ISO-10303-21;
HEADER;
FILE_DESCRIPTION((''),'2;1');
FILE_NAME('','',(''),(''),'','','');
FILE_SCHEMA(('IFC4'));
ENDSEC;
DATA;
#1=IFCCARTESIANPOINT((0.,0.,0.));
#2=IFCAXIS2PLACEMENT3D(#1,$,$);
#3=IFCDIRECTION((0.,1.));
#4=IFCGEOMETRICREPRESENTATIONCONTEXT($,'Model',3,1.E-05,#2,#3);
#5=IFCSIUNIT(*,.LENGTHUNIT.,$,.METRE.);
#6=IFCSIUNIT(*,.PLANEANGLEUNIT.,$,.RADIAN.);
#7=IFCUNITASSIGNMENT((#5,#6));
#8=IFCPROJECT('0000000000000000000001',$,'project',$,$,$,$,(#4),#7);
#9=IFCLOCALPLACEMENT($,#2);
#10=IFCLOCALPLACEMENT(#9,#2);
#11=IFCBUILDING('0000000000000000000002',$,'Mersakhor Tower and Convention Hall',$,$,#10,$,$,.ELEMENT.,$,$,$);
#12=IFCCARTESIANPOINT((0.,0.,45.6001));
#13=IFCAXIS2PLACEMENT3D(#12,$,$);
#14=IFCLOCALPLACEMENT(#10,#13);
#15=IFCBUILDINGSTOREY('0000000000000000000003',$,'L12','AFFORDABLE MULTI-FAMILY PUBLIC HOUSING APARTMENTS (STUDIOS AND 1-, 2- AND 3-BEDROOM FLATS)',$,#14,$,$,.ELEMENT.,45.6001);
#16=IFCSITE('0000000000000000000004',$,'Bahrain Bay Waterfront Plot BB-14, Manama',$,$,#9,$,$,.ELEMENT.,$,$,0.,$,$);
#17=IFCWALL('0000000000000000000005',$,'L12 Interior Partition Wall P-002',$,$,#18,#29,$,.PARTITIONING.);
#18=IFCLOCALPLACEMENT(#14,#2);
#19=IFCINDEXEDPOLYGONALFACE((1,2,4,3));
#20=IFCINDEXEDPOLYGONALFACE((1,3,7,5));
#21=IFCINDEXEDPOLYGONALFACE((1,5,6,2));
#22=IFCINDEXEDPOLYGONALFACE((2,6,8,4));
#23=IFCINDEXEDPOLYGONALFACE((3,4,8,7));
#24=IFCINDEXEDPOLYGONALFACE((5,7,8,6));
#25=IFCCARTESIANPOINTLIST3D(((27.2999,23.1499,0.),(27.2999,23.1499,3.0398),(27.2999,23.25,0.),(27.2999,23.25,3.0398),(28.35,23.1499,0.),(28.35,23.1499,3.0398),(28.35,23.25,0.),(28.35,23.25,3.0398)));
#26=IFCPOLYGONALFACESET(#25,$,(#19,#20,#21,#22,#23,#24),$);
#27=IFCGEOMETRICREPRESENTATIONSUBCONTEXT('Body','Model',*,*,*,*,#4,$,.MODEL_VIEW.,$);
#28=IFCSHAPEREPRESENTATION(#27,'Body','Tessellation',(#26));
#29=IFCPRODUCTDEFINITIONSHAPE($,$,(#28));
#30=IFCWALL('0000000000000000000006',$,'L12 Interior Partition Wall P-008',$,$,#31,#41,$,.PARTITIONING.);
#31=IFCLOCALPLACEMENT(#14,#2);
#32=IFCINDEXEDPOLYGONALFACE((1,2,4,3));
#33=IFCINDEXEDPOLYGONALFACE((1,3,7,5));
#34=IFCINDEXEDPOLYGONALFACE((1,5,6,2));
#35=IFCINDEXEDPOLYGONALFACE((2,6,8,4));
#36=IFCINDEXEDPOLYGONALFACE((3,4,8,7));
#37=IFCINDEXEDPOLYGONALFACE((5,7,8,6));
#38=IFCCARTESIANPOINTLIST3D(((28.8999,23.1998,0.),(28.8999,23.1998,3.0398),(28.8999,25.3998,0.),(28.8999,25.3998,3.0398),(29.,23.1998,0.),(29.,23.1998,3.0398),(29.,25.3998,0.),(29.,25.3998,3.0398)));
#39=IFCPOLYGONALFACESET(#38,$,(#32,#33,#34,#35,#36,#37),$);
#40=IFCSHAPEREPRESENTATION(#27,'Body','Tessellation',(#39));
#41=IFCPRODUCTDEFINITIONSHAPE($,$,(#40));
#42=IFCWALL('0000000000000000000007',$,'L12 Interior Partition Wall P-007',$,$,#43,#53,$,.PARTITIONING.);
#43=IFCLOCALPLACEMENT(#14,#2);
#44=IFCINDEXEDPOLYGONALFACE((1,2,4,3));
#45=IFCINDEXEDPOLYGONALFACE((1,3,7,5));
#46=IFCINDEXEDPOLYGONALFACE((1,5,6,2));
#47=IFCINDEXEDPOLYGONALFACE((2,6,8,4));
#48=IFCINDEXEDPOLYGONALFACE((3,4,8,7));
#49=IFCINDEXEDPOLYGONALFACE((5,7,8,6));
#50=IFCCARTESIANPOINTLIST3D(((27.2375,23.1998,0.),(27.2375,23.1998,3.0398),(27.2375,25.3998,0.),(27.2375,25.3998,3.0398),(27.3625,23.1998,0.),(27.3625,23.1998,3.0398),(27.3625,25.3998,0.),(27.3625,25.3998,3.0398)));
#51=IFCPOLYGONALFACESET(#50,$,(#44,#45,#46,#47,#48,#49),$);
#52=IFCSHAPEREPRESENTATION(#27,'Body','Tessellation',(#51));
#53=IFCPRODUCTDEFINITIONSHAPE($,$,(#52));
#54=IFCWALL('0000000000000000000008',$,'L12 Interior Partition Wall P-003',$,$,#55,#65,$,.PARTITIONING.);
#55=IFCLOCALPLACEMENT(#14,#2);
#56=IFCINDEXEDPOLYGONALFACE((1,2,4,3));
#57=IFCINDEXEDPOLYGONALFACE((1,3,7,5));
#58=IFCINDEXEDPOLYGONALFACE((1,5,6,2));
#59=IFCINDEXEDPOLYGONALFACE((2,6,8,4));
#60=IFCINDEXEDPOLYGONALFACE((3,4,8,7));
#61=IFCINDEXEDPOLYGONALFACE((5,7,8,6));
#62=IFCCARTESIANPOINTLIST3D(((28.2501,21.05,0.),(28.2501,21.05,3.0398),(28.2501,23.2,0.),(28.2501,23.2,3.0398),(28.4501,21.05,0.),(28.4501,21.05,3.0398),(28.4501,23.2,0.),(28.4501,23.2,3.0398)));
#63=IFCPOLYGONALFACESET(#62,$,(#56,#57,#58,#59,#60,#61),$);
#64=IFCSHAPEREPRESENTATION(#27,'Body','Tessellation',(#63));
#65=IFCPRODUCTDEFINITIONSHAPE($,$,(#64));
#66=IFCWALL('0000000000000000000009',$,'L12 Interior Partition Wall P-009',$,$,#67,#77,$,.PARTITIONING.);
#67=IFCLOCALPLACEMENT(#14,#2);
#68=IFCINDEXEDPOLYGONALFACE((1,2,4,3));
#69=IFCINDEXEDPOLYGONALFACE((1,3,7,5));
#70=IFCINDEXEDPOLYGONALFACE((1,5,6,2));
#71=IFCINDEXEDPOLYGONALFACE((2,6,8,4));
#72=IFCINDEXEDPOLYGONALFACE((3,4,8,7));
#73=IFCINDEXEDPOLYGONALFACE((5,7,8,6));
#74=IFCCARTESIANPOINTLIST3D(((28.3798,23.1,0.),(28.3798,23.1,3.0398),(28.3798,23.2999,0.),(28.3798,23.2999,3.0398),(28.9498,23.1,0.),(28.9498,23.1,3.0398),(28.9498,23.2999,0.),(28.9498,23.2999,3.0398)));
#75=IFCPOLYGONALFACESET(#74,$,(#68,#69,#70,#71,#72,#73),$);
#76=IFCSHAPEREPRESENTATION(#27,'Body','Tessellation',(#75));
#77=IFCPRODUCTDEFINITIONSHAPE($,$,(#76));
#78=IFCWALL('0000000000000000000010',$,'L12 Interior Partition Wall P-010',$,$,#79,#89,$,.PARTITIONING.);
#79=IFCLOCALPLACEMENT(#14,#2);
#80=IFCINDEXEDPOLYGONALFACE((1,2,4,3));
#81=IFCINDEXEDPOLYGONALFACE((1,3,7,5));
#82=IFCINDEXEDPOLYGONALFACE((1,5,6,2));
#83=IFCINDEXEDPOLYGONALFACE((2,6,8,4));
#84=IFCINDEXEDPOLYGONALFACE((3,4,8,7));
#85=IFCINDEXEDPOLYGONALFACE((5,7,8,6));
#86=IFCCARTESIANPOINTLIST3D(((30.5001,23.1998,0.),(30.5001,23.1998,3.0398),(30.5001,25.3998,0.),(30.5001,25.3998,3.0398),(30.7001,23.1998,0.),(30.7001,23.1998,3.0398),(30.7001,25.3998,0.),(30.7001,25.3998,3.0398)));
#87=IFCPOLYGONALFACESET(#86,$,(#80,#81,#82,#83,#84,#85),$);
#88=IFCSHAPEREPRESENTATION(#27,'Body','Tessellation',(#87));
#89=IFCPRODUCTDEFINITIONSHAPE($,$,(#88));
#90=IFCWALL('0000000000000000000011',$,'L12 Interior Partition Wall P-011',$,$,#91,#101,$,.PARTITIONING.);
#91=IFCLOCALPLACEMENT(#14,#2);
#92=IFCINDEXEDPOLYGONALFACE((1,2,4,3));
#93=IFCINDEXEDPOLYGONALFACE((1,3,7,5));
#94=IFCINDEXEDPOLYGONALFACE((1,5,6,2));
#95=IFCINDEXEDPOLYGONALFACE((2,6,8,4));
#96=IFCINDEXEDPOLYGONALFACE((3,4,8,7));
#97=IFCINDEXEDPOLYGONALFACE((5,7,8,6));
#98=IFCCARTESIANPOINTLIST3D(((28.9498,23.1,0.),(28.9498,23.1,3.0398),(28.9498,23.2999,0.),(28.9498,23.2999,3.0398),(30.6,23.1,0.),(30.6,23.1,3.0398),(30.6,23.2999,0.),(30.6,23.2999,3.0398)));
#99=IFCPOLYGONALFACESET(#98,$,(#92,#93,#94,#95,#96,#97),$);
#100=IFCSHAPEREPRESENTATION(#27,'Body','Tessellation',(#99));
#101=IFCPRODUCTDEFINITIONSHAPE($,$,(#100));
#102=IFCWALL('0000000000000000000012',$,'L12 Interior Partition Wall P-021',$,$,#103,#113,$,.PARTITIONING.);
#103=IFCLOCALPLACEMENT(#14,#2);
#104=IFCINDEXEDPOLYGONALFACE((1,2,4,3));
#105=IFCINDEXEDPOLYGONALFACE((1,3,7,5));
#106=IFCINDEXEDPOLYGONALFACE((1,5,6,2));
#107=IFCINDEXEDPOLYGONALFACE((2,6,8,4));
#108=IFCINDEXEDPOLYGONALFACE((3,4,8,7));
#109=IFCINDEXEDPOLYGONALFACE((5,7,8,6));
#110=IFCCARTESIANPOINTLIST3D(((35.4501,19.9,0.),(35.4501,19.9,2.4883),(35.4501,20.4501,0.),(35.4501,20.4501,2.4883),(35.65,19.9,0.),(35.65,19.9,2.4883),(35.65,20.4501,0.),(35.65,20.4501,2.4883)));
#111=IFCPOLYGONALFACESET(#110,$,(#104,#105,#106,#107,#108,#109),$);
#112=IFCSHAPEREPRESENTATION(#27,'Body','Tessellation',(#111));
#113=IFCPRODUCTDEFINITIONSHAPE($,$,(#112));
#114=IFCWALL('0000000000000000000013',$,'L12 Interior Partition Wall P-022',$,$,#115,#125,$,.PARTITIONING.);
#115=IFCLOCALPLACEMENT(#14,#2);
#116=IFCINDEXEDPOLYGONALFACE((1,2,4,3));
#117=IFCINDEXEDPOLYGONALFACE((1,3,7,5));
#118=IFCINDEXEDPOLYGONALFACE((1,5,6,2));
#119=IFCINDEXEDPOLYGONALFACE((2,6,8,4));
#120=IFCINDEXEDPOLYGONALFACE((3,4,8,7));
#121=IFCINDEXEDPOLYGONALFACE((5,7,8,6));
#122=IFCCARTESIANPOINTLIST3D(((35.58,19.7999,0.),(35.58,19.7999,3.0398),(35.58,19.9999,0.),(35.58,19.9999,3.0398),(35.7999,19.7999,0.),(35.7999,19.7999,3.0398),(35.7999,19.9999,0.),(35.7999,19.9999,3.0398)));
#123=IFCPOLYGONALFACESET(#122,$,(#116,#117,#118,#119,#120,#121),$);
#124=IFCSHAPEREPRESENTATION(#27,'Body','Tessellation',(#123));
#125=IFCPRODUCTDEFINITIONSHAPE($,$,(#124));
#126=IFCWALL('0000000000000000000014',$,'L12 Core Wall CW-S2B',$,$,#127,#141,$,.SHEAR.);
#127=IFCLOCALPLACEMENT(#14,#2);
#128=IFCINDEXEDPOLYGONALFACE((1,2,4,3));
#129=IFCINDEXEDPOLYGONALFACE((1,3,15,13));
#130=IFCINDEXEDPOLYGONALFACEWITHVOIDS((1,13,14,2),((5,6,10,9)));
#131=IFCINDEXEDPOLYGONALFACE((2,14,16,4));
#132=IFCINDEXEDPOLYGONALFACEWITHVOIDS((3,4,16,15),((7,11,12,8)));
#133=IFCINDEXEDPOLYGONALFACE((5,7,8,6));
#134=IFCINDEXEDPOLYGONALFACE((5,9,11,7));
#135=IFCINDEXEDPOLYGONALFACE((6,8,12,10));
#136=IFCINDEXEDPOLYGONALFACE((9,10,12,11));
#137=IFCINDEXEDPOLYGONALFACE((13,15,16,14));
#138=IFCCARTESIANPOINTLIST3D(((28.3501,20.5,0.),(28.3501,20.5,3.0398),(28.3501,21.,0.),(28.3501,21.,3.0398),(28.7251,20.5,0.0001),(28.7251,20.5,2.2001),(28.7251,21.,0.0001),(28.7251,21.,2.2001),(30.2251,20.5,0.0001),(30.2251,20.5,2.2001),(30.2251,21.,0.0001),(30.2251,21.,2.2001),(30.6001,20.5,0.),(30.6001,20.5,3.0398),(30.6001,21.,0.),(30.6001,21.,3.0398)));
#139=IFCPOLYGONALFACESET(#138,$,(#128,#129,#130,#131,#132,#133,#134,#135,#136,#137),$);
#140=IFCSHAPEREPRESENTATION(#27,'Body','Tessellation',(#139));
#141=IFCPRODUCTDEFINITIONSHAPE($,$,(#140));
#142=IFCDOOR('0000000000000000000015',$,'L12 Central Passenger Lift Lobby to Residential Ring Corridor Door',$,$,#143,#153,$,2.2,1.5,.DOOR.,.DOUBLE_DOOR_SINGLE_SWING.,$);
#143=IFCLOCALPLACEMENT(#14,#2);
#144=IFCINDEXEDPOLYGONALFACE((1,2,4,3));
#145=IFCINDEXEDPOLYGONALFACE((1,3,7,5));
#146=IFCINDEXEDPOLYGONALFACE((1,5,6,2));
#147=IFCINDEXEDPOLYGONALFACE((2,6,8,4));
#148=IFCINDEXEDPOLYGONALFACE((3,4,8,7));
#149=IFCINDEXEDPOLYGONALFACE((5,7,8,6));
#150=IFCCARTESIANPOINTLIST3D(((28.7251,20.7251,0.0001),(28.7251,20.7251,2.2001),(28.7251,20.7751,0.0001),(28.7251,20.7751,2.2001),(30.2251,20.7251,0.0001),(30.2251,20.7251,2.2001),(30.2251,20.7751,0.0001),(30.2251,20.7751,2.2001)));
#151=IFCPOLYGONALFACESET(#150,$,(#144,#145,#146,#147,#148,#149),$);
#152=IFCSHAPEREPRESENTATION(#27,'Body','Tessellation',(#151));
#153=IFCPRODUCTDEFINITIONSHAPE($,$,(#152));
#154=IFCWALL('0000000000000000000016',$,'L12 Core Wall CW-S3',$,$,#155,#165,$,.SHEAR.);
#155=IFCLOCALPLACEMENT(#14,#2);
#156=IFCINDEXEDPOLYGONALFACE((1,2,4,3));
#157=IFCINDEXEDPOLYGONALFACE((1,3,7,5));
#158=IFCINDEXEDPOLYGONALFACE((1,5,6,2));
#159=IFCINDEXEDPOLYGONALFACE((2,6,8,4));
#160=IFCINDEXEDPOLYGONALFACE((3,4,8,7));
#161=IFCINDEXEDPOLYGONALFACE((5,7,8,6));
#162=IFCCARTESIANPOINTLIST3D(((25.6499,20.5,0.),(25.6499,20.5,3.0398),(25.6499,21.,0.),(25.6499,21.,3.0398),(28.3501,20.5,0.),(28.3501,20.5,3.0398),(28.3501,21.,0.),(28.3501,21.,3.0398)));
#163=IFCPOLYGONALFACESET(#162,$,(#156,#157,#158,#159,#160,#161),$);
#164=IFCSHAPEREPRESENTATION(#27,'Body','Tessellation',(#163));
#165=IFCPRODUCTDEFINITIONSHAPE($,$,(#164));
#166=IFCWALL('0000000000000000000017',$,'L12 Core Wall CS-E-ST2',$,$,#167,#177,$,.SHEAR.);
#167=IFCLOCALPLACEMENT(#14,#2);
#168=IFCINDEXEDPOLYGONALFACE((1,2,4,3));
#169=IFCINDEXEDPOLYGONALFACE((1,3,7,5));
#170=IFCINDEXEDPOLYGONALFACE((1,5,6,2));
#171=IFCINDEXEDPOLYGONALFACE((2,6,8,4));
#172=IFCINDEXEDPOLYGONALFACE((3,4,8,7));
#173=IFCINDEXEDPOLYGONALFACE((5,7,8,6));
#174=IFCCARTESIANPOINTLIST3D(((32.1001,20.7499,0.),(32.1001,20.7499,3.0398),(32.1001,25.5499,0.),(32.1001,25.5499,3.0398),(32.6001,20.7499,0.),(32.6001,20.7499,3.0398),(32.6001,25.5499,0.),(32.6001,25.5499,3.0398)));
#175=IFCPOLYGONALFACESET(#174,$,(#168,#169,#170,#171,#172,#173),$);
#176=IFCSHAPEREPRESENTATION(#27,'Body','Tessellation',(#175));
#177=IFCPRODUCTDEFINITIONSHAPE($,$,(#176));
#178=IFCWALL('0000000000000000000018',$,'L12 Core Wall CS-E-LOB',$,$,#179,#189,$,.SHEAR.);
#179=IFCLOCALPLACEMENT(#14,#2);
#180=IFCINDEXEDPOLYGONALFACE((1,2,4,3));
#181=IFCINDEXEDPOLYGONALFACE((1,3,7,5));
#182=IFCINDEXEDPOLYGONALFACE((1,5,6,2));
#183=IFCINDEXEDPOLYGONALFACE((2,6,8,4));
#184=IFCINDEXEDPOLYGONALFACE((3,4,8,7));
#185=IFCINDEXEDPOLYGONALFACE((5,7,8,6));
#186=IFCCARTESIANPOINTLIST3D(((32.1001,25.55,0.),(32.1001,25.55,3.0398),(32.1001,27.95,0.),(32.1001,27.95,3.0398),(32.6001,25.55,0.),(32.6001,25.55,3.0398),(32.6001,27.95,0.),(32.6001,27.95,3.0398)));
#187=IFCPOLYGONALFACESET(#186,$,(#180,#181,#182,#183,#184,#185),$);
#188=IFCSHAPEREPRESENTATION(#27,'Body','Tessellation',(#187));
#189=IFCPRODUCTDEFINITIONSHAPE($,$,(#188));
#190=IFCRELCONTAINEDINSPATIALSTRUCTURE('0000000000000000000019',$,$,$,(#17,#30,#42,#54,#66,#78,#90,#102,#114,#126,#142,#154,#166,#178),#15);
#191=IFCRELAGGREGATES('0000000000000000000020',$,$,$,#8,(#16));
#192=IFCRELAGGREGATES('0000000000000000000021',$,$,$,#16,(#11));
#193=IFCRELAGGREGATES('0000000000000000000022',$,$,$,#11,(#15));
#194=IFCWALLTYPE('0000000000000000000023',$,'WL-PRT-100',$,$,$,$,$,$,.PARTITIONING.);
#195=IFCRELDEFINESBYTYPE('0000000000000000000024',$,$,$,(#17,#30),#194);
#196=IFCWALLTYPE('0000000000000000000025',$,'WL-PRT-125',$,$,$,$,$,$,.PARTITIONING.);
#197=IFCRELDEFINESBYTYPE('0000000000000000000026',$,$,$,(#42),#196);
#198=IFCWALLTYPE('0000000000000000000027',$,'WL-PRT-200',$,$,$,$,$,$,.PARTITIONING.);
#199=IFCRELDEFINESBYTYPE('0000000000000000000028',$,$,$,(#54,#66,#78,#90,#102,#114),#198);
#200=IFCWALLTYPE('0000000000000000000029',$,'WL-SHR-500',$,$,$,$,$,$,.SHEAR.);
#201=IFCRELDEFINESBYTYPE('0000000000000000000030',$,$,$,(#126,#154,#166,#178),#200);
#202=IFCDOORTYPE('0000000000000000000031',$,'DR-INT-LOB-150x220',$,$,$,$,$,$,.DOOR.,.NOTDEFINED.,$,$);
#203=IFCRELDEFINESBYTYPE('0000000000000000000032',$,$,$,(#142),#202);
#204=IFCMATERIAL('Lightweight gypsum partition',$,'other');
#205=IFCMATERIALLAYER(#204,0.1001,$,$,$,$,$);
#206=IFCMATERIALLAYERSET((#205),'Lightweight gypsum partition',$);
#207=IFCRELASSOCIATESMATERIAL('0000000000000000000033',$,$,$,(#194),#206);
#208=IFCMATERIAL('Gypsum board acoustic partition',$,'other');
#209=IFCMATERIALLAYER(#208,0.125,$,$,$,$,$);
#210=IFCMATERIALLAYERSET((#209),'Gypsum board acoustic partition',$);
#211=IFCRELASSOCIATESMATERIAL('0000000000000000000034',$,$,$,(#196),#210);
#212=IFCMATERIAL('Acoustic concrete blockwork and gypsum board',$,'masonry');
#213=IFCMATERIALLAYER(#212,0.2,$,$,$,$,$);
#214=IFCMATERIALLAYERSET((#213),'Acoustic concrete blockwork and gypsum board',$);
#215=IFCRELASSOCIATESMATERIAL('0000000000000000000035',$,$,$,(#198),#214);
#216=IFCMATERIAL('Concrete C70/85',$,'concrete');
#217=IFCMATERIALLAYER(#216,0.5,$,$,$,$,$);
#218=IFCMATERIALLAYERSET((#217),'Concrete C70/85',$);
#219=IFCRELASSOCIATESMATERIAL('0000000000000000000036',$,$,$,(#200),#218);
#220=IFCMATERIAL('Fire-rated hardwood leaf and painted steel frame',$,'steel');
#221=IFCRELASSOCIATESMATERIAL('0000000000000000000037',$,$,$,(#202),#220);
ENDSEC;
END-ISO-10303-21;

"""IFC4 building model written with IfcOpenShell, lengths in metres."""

from ifc_helpers import new_model, si_unit, direction, frame, frame_2d, origin, place, context, subcontext, project, spatial, rectangle, extrude, material, layer, layer_set, type_object, element, fill, save


model = new_model("IFC4")

# Units and contexts
model_context = context("Model", 3, precision=1e-05, world=origin(), true_north=direction((0.0, 1.0)))
body_context = subcontext(model_context, "Body", "Model", "MODEL_VIEW")
ifc_project = project(units=[si_unit("LENGTHUNIT", "METRE"), si_unit("PLANEANGLEUNIT", "RADIAN")], contexts=[model_context])

# Site, building, storey
site_placement = place(None, origin())
site = spatial("IfcSite", under=ifc_project, at=site_placement, Name="Bahrain Bay Waterfront Plot BB-14, Manama", CompositionType="ELEMENT", RefElevation=0.0)
building_placement = place(site_placement, origin())
building = spatial("IfcBuilding", under=site, at=building_placement, Name="Mersakhor Tower and Convention Hall", CompositionType="ELEMENT")
storey_placement = place(building_placement, frame((0.0, 0.0, 45.6001)))
storey = spatial("IfcBuildingStorey", under=building, at=storey_placement, Name="L12", Description="AFFORDABLE MULTI-FAMILY PUBLIC HOUSING APARTMENTS (STUDIOS AND 1-, 2- AND 3-BEDROOM FLATS)", CompositionType="ELEMENT", Elevation=45.6001)

# Walls
ifc_material_1 = material(Name="Lightweight gypsum partition", Category="other")
ifc_layer_1 = layer(ifc_material_1, 0.1001)
ifc_layer_set_1 = layer_set([ifc_layer_1], Name="Lightweight gypsum partition")
wall_type_1 = type_object("IfcWallType", Name="WL-PRT-100", PredefinedType="PARTITIONING", material=ifc_layer_set_1)
wall_1_placement = place(storey_placement, frame((27.3, 23.2, 0.0), z_axis=(0.0, 0.0, 1.0), x_axis=(1.0, 0.0, 0.0)))
element("IfcWall", 1, at=wall_1_placement, inside=storey, type_object=wall_type_1, Name="L12 Interior Partition Wall P-002", PredefinedType="PARTITIONING", context=body_context, shape_type="SweptSolid", body=[
    extrude(rectangle(XDim=1.05, YDim=0.1001, at=frame_2d((0.5249, 0.0))), origin(), (0.0, 0.0, 1.0), 3.0398),
])
wall_2_placement = place(storey_placement, frame((28.95, 25.3999, 0.0), z_axis=(0.0, 0.0, 1.0), x_axis=(0.0, -1.0, 0.0)))
element("IfcWall", 2, at=wall_2_placement, inside=storey, type_object=wall_type_1, Name="L12 Interior Partition Wall P-008", PredefinedType="PARTITIONING", context=body_context, shape_type="SweptSolid", body=[
    extrude(rectangle(XDim=2.2, YDim=0.1001, at=frame_2d((1.1001, 0.0))), origin(), (0.0, 0.0, 1.0), 3.0398),
])
ifc_material_2 = material(Name="Gypsum board acoustic partition", Category="other")
ifc_layer_2 = layer(ifc_material_2, 0.125)
ifc_layer_set_2 = layer_set([ifc_layer_2], Name="Gypsum board acoustic partition")
wall_type_2 = type_object("IfcWallType", Name="WL-PRT-125", PredefinedType="PARTITIONING", material=ifc_layer_set_2)
wall_3_placement = place(storey_placement, frame((27.3, 25.3999, 0.0), z_axis=(0.0, 0.0, 1.0), x_axis=(0.0, -1.0, 0.0)))
element("IfcWall", 3, at=wall_3_placement, inside=storey, type_object=wall_type_2, Name="L12 Interior Partition Wall P-007", PredefinedType="PARTITIONING", context=body_context, shape_type="SweptSolid", body=[
    extrude(rectangle(XDim=2.2, YDim=0.125, at=frame_2d((1.1001, 0.0))), origin(), (0.0, 0.0, 1.0), 3.0398),
])
ifc_material_3 = material(Name="Acoustic concrete blockwork and gypsum board", Category="masonry")
ifc_layer_3 = layer(ifc_material_3, 0.2)
ifc_layer_set_3 = layer_set([ifc_layer_3], Name="Acoustic concrete blockwork and gypsum board")
wall_type_3 = type_object("IfcWallType", Name="WL-PRT-200", PredefinedType="PARTITIONING", material=ifc_layer_set_3)
wall_4_placement = place(storey_placement, frame((28.3501, 23.2, 0.0), z_axis=(0.0, 0.0, 1.0), x_axis=(0.0, -1.0, 0.0)))
element("IfcWall", 4, at=wall_4_placement, inside=storey, type_object=wall_type_3, Name="L12 Interior Partition Wall P-003", PredefinedType="PARTITIONING", context=body_context, shape_type="SweptSolid", body=[
    extrude(rectangle(XDim=2.1499, YDim=0.2, at=frame_2d((1.075, 0.0))), origin(), (0.0, 0.0, 1.0), 3.0398),
])
wall_5_placement = place(storey_placement, frame((28.95, 23.2, 0.0), z_axis=(0.0, 0.0, 1.0), x_axis=(-1.0, 0.0, 0.0)))
element("IfcWall", 5, at=wall_5_placement, inside=storey, type_object=wall_type_3, Name="L12 Interior Partition Wall P-009", PredefinedType="PARTITIONING", context=body_context, shape_type="SweptSolid", body=[
    extrude(rectangle(XDim=0.5701, YDim=0.2, at=frame_2d((0.2852, 0.0))), origin(), (0.0, 0.0, 1.0), 3.0398),
])
wall_6_placement = place(storey_placement, frame((30.6001, 25.3999, 0.0), z_axis=(0.0, 0.0, 1.0), x_axis=(0.0, -1.0, 0.0)))
element("IfcWall", 6, at=wall_6_placement, inside=storey, type_object=wall_type_3, Name="L12 Interior Partition Wall P-010", PredefinedType="PARTITIONING", context=body_context, shape_type="SweptSolid", body=[
    extrude(rectangle(XDim=2.2, YDim=0.2, at=frame_2d((1.1001, 0.0))), origin(), (0.0, 0.0, 1.0), 3.0398),
])
wall_7_placement = place(storey_placement, frame((30.6001, 23.2, 0.0), z_axis=(0.0, 0.0, 1.0), x_axis=(-1.0, 0.0, 0.0)))
element("IfcWall", 7, at=wall_7_placement, inside=storey, type_object=wall_type_3, Name="L12 Interior Partition Wall P-011", PredefinedType="PARTITIONING", context=body_context, shape_type="SweptSolid", body=[
    extrude(rectangle(XDim=1.6501, YDim=0.2, at=frame_2d((0.8252, 0.0))), origin(), (0.0, 0.0, 1.0), 3.0398),
])
wall_8_placement = place(storey_placement, frame((35.55, 20.45, 0.0), z_axis=(0.0, 0.0, 1.0), x_axis=(0.0, -1.0, 0.0)))
element("IfcWall", 8, at=wall_8_placement, inside=storey, type_object=wall_type_3, Name="L12 Interior Partition Wall P-021", PredefinedType="PARTITIONING", context=body_context, shape_type="SweptSolid", body=[
    extrude(rectangle(XDim=0.55, YDim=0.2, at=frame_2d((0.2749, 0.0))), origin(), (0.0, 0.0, 1.0), 2.4883),
])
wall_9_placement = place(storey_placement, frame((35.5801, 19.8999, 0.0), z_axis=(0.0, 0.0, 1.0), x_axis=(1.0, 0.0, 0.0)))
element("IfcWall", 9, at=wall_9_placement, inside=storey, type_object=wall_type_3, Name="L12 Interior Partition Wall P-022", PredefinedType="PARTITIONING", context=body_context, shape_type="SweptSolid", body=[
    extrude(rectangle(XDim=0.22, YDim=0.2, at=frame_2d((0.1099, 0.0))), origin(), (0.0, 0.0, 1.0), 3.0398),
])

# Wall, opening, door
ifc_material_4 = material(Name="Concrete C70/85", Category="concrete")
ifc_layer_4 = layer(ifc_material_4, 0.5)
ifc_layer_set_4 = layer_set([ifc_layer_4], Name="Concrete C70/85")
wall_type_4 = type_object("IfcWallType", Name="WL-SHR-500", PredefinedType="SHEAR", material=ifc_layer_set_4)
wall_10_placement = place(storey_placement, frame((30.6001, 20.75, 0.0), z_axis=(0.0, 0.0, 1.0), x_axis=(-1.0, 0.0, 0.0)))
wall_10 = element("IfcWall", 10, at=wall_10_placement, inside=storey, type_object=wall_type_4, Name="L12 Core Wall CW-S2B", PredefinedType="SHEAR", context=body_context, shape_type="SweptSolid", body=[
    extrude(rectangle(XDim=2.25, YDim=0.5, at=frame_2d((1.125, 0.0))), origin(), (0.0, 0.0, 1.0), 3.0398),
])
opening_1_placement = place(wall_10_placement, frame((0.375, 0.0, 0.0)))
opening_1 = element("IfcOpeningElement", 11, at=opening_1_placement, cuts=wall_10, PredefinedType="OPENING", context=body_context, shape_type="SweptSolid", body=[
    extrude(rectangle(XDim=1.5, YDim=2.2, at=frame_2d((0.75, 1.1001))), frame((0.0, 0.26, 0.0), z_axis=(0.0, -1.0, 0.0), x_axis=(1.0, 0.0, 0.0)), (0.0, 0.0, 1.0), 0.52),
])
ifc_material_5 = material(Name="Fire-rated hardwood leaf and painted steel frame", Category="steel")
door_type_1 = type_object("IfcDoorType", Name="DR-INT-LOB-150x220", OperationType="NOTDEFINED", PredefinedType="DOOR", material=ifc_material_5)
door_1_placement = place(opening_1_placement, origin())
door_1 = element("IfcDoor", 12, at=door_1_placement, inside=storey, type_object=door_type_1, Name="L12 Central Passenger Lift Lobby to Residential Ring Corridor Door", OperationType="DOUBLE_DOOR_SINGLE_SWING", OverallHeight=2.2, OverallWidth=1.5, PredefinedType="DOOR", context=body_context, shape_type="SweptSolid", body=[
    extrude(rectangle(XDim=1.5, YDim=2.2, at=frame_2d((0.75, 1.1001))), frame((0.0, 0.0249, 0.0), z_axis=(0.0, -1.0, 0.0), x_axis=(1.0, 0.0, 0.0)), (0.0, 0.0, 1.0), 0.05),
])
fill(opening_1, door_1)

# Walls
wall_11_placement = place(storey_placement, frame((28.3501, 20.75, 0.0), z_axis=(0.0, 0.0, 1.0), x_axis=(-1.0, 0.0, 0.0)))
element("IfcWall", 13, at=wall_11_placement, inside=storey, type_object=wall_type_4, Name="L12 Core Wall CW-S3", PredefinedType="SHEAR", context=body_context, shape_type="SweptSolid", body=[
    extrude(rectangle(XDim=2.7002, YDim=0.5, at=frame_2d((1.3501, 0.0))), origin(), (0.0, 0.0, 1.0), 3.0398),
])
wall_12_placement = place(storey_placement, frame((32.3501, 20.75, 0.0), z_axis=(0.0, 0.0, 1.0), x_axis=(0.0, 1.0, 0.0)))
element("IfcWall", 14, at=wall_12_placement, inside=storey, type_object=wall_type_4, Name="L12 Core Wall CS-E-ST2", PredefinedType="SHEAR", context=body_context, shape_type="SweptSolid", body=[
    extrude(rectangle(XDim=4.8, YDim=0.5, at=frame_2d((2.3999, 0.0))), origin(), (0.0, 0.0, 1.0), 3.0398),
])
wall_13_placement = place(storey_placement, frame((32.3501, 25.55, 0.0), z_axis=(0.0, 0.0, 1.0), x_axis=(0.0, 1.0, 0.0)))
element("IfcWall", 15, at=wall_13_placement, inside=storey, type_object=wall_type_4, Name="L12 Core Wall CS-E-LOB", PredefinedType="SHEAR", context=body_context, shape_type="SweptSolid", body=[
    extrude(rectangle(XDim=2.3999, YDim=0.5, at=frame_2d((1.2, 0.0))), origin(), (0.0, 0.0, 1.0), 3.0398),
])

save(model, "model.ifc")
